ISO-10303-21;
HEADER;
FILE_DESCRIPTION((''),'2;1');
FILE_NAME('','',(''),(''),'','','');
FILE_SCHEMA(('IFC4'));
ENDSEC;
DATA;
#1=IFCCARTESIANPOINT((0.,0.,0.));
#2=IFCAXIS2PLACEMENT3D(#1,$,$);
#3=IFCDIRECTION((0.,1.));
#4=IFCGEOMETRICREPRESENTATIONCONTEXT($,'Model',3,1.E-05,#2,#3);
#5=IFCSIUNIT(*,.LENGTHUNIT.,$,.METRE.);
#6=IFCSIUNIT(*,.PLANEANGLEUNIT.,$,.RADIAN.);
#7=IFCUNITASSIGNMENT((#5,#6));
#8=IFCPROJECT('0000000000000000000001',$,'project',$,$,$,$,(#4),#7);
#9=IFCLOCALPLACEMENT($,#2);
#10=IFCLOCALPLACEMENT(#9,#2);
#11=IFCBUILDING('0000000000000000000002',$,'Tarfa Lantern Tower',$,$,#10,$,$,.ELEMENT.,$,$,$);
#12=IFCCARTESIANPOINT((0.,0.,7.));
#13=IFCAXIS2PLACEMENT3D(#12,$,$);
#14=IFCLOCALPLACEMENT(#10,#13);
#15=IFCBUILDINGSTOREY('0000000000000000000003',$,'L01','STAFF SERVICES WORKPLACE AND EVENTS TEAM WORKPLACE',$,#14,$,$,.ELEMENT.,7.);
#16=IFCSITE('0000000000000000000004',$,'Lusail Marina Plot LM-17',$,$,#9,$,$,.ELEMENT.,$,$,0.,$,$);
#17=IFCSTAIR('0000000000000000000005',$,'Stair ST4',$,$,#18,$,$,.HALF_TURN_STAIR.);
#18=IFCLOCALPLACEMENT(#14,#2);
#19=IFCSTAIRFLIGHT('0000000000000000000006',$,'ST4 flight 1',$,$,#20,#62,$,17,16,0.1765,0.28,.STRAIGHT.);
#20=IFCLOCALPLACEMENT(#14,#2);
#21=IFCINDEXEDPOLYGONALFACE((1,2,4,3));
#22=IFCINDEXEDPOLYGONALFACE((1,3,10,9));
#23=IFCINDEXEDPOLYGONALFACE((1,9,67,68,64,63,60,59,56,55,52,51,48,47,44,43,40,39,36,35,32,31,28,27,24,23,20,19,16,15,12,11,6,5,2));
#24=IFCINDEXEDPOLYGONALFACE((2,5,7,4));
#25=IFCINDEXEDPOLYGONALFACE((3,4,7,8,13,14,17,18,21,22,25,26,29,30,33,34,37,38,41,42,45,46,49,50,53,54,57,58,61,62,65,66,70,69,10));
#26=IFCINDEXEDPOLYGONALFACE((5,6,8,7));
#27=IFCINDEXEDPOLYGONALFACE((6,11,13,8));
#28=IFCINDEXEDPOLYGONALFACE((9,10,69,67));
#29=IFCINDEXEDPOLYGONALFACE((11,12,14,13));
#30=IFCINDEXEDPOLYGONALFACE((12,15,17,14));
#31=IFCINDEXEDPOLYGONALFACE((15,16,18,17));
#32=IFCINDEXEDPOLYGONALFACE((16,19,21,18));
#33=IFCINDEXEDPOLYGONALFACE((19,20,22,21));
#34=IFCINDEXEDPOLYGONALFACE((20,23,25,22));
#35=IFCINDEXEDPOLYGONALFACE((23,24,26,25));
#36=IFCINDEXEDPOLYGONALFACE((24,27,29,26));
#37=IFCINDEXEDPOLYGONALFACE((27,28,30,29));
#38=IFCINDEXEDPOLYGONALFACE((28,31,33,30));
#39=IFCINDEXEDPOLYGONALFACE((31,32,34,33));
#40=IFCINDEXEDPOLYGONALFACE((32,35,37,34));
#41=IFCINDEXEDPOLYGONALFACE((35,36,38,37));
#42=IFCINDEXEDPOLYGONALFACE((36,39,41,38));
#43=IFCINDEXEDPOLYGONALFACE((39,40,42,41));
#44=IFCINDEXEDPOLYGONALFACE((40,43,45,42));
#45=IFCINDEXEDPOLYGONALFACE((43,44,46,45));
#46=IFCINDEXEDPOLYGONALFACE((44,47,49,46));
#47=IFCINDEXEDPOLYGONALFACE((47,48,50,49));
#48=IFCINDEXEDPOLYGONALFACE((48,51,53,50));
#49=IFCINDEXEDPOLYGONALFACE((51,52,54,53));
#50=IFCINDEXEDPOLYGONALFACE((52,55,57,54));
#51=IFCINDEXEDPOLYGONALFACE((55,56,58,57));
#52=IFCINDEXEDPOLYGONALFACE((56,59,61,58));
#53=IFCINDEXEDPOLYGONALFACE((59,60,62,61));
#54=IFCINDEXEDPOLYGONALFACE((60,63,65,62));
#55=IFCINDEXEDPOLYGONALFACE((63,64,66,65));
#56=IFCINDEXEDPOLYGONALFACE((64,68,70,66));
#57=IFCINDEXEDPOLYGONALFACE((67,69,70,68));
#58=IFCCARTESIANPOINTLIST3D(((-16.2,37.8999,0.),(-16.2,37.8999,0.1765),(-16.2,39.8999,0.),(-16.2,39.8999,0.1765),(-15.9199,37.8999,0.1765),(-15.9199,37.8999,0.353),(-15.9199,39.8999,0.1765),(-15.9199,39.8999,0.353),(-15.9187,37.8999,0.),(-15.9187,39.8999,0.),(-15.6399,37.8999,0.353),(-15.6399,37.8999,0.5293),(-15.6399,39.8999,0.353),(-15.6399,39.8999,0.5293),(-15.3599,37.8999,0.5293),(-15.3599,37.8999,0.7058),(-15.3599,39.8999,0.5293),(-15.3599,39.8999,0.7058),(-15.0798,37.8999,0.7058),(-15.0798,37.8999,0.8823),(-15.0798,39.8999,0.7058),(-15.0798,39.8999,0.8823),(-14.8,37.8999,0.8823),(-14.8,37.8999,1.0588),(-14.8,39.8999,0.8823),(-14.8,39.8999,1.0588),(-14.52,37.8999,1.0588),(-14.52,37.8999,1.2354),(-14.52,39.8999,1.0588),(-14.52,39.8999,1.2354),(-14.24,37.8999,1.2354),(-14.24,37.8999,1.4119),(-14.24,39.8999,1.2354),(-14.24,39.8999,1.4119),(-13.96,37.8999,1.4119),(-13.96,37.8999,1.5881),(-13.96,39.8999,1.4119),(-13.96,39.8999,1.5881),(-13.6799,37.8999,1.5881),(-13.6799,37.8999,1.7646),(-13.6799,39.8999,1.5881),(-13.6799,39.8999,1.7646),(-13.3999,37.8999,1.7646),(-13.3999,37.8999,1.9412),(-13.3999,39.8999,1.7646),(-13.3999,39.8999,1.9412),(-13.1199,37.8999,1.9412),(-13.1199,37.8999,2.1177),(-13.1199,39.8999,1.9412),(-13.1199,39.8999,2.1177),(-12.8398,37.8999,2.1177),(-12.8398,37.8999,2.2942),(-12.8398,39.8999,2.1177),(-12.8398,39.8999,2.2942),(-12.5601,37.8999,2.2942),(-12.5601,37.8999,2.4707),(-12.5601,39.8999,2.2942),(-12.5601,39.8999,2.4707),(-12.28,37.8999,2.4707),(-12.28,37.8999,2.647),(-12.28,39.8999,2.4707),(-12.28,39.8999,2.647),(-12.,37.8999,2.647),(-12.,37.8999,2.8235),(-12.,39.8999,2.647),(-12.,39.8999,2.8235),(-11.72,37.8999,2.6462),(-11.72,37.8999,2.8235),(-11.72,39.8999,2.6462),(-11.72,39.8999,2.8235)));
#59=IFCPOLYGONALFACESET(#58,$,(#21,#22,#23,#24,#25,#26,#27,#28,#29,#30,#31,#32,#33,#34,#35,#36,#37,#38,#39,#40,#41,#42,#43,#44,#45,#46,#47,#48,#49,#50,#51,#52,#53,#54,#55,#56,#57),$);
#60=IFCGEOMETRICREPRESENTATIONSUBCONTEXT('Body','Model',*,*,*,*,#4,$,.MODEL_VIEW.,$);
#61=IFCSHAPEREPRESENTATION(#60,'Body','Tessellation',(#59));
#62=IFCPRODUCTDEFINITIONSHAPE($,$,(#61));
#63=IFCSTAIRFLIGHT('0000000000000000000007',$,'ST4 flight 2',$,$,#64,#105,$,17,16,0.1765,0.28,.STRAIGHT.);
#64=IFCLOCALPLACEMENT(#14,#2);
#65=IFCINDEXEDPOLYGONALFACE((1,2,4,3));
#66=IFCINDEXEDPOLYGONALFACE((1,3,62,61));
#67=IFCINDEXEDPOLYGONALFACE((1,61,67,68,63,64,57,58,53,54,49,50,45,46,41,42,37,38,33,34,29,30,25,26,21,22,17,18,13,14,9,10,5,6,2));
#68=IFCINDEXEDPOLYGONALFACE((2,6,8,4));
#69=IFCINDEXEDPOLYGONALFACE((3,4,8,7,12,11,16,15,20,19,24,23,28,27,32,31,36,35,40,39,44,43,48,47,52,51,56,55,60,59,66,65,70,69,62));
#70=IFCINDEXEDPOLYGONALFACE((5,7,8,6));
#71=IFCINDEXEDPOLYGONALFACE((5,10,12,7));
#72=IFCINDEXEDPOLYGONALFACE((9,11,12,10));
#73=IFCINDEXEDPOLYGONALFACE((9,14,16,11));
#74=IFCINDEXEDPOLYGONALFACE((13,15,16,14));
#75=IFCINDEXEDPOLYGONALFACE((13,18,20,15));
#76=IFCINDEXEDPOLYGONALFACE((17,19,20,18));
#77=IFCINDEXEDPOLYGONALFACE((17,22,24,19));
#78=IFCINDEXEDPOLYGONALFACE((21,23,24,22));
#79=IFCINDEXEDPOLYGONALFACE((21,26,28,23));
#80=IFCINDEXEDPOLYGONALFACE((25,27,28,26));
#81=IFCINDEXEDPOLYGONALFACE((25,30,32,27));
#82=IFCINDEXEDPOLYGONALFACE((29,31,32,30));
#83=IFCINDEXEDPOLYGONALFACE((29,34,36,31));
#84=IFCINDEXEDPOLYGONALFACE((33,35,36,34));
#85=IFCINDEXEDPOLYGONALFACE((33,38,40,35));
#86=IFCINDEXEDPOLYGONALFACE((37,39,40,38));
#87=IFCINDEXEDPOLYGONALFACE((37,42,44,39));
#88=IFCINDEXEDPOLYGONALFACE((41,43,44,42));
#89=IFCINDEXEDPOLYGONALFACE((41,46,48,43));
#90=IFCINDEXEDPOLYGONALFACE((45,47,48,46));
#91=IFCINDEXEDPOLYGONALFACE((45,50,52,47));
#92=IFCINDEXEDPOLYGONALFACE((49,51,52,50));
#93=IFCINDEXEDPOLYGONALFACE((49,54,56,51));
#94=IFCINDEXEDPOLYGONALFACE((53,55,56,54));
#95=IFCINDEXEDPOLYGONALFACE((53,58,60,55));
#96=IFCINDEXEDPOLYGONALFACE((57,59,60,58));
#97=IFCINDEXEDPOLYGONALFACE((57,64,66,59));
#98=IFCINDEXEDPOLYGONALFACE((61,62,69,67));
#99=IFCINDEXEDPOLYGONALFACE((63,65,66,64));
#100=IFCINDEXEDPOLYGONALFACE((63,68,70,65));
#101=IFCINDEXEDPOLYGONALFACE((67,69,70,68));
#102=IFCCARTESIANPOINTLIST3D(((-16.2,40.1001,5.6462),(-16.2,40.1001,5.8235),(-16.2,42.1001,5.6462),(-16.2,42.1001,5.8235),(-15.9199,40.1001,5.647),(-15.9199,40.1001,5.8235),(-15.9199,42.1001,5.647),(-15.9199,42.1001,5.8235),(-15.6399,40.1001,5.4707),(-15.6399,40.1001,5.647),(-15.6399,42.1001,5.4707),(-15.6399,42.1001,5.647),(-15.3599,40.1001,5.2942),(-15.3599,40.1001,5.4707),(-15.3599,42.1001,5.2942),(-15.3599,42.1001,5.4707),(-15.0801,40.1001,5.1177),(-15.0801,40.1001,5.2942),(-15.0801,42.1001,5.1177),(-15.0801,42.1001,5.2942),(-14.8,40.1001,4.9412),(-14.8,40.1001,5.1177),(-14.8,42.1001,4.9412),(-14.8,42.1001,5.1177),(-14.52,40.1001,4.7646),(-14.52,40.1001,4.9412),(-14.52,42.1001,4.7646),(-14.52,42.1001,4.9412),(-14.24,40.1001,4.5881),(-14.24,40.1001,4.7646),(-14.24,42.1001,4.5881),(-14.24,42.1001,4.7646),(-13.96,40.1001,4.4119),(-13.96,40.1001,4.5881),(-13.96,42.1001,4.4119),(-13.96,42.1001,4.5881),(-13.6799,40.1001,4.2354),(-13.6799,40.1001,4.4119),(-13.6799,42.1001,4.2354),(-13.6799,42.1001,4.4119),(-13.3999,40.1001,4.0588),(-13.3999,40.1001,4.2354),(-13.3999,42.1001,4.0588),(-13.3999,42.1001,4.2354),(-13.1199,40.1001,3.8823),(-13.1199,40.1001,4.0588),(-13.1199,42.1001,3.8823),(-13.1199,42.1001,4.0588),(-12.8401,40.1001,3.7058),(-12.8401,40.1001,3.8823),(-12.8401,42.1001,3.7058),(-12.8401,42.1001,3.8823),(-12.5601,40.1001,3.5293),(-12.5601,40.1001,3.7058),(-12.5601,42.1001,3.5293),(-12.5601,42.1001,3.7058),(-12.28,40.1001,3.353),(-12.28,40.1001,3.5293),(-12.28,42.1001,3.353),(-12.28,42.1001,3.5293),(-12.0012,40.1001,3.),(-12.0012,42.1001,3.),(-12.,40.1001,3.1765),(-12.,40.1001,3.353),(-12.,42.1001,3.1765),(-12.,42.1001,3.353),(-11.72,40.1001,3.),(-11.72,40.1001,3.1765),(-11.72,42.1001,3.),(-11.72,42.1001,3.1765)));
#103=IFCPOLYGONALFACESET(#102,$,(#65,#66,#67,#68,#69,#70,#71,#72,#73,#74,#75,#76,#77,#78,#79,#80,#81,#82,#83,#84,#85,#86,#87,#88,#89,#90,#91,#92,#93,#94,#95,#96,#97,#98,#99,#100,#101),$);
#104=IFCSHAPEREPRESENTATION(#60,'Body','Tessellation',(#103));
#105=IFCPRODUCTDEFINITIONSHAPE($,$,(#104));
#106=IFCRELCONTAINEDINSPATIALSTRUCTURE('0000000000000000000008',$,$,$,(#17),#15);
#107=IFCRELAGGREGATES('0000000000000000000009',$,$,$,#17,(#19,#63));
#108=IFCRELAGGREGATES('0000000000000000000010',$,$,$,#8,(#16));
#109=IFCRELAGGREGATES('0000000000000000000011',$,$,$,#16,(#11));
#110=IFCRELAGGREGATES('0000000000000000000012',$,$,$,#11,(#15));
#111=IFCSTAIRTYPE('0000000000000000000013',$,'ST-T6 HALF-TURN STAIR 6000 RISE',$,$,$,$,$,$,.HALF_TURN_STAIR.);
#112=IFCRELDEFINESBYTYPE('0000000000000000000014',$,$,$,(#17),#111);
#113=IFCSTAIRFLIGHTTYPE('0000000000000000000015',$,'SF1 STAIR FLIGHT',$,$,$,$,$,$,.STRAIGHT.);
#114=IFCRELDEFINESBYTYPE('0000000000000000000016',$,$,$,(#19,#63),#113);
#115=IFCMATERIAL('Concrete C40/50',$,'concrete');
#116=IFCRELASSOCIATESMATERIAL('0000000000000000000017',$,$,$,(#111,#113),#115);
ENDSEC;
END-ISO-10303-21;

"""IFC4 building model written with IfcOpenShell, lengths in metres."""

from ifc_helpers import new_model, si_unit, direction, frame, origin, place, context, subcontext, project, spatial, polyline, outline, extrude, material, type_object, element, aggregate, save


model = new_model("IFC4")

# Units and contexts
model_context = context("Model", 3, precision=1e-05, world=origin(), true_north=direction((0.0, 1.0)))
body_context = subcontext(model_context, "Body", "Model", "MODEL_VIEW")
ifc_project = project(units=[si_unit("LENGTHUNIT", "METRE"), si_unit("PLANEANGLEUNIT", "RADIAN")], contexts=[model_context])

# Site, building, storey
site_placement = place(None, origin())
site = spatial("IfcSite", under=ifc_project, at=site_placement, Name="Lusail Marina Plot LM-17", CompositionType="ELEMENT", RefElevation=0.0)
building_placement = place(site_placement, origin())
building = spatial("IfcBuilding", under=site, at=building_placement, Name="Tarfa Lantern Tower", CompositionType="ELEMENT")
storey_placement = place(building_placement, frame((0.0, 0.0, 7.0)))
storey = spatial("IfcBuildingStorey", under=building, at=storey_placement, Name="L01", Description="STAFF SERVICES WORKPLACE AND EVENTS TEAM WORKPLACE", CompositionType="ELEMENT", Elevation=7.0)

# Stair, stair flights
ifc_material_1 = material(Name="Concrete C40/50", Category="concrete")
stair_type = type_object("IfcStairType", Name="ST-T6 HALF-TURN STAIR 6000 RISE", PredefinedType="HALF_TURN_STAIR", material=ifc_material_1)
stair_placement = place(storey_placement, origin())
stair = element("IfcStair", 1, at=stair_placement, inside=storey, type_object=stair_type, Name="Stair ST4", PredefinedType="HALF_TURN_STAIR")
stair_flight_type = type_object("IfcStairFlightType", Name="SF1 STAIR FLIGHT", PredefinedType="STRAIGHT", material=ifc_material_1)
stair_flight_1_placement = place(storey_placement, frame((-16.2, 38.8999, 0.0), z_axis=(0.0, 0.0, 1.0), x_axis=(1.0, 0.0, 0.0)))
stair_flight_1 = element("IfcStairFlight", 2, at=stair_flight_1_placement, type_object=stair_flight_type, Name="ST4 flight 1", NumberOfRisers=17, NumberOfTreads=16, PredefinedType="STRAIGHT", RiserHeight=0.1765, TreadLength=0.28, context=body_context, shape_type="SweptSolid", body=[
    extrude(outline(polyline([(0.0, 0.0), (0.0, 0.1765), (0.28, 0.1765), (0.28, 0.353), (0.5601, 0.353), (0.5601, 0.5293), (0.8401, 0.5293), (0.8401, 0.7058), (1.1201, 0.7058), (1.1201, 0.8823), (1.3999, 0.8823), (1.3999, 1.0588), (1.6799, 1.0588), (1.6799, 1.2354), (1.96, 1.2354), (1.96, 1.4119), (2.24, 1.4119), (2.24, 1.5881), (2.52, 1.5881), (2.52, 1.7646), (2.8, 1.7646), (2.8, 1.9412), (3.0801, 1.9412), (3.0801, 2.1177), (3.3601, 2.1177), (3.3601, 2.2942), (3.6399, 2.2942), (3.6399, 2.4707), (3.9199, 2.4707), (3.9199, 2.647), (4.2, 2.647), (4.2, 2.8235), (4.48, 2.8235), (4.48, 3.0), (4.48, 2.6462), (0.2812, 0.0), (0.0, 0.0)])), frame((0.0, 1.0, 0.0), z_axis=(0.0, -1.0, 0.0), x_axis=(1.0, 0.0, 0.0)), (0.0, 0.0, 1.0), 2.0),
])
stair_flight_2_placement = place(storey_placement, frame((-11.72, 41.1001, 3.0), z_axis=(0.0, 0.0, 1.0), x_axis=(-1.0, 0.0, 0.0)))
stair_flight_2 = element("IfcStairFlight", 3, at=stair_flight_2_placement, type_object=stair_flight_type, Name="ST4 flight 2", NumberOfRisers=17, NumberOfTreads=16, PredefinedType="STRAIGHT", RiserHeight=0.1765, TreadLength=0.28, context=body_context, shape_type="SweptSolid", body=[
    extrude(outline(polyline([(0.0, 0.0), (0.0, 0.1765), (0.28, 0.1765), (0.28, 0.353), (0.5601, 0.353), (0.5601, 0.5293), (0.8401, 0.5293), (0.8401, 0.7058), (1.1201, 0.7058), (1.1201, 0.8823), (1.3999, 0.8823), (1.3999, 1.0588), (1.6799, 1.0588), (1.6799, 1.2354), (1.96, 1.2354), (1.96, 1.4119), (2.24, 1.4119), (2.24, 1.5881), (2.52, 1.5881), (2.52, 1.7646), (2.8, 1.7646), (2.8, 1.9412), (3.0801, 1.9412), (3.0801, 2.1177), (3.3601, 2.1177), (3.3601, 2.2942), (3.6399, 2.2942), (3.6399, 2.4707), (3.9199, 2.4707), (3.9199, 2.647), (4.2, 2.647), (4.2, 2.8235), (4.48, 2.8235), (4.48, 3.0), (4.48, 2.6462), (0.2812, 0.0), (0.0, 0.0)])), frame((0.0, 1.0, 0.0), z_axis=(0.0, -1.0, 0.0), x_axis=(1.0, 0.0, 0.0)), (0.0, 0.0, 1.0), 2.0),
])
aggregate(stair, [stair_flight_1, stair_flight_2])

save(model, "model.ifc")
